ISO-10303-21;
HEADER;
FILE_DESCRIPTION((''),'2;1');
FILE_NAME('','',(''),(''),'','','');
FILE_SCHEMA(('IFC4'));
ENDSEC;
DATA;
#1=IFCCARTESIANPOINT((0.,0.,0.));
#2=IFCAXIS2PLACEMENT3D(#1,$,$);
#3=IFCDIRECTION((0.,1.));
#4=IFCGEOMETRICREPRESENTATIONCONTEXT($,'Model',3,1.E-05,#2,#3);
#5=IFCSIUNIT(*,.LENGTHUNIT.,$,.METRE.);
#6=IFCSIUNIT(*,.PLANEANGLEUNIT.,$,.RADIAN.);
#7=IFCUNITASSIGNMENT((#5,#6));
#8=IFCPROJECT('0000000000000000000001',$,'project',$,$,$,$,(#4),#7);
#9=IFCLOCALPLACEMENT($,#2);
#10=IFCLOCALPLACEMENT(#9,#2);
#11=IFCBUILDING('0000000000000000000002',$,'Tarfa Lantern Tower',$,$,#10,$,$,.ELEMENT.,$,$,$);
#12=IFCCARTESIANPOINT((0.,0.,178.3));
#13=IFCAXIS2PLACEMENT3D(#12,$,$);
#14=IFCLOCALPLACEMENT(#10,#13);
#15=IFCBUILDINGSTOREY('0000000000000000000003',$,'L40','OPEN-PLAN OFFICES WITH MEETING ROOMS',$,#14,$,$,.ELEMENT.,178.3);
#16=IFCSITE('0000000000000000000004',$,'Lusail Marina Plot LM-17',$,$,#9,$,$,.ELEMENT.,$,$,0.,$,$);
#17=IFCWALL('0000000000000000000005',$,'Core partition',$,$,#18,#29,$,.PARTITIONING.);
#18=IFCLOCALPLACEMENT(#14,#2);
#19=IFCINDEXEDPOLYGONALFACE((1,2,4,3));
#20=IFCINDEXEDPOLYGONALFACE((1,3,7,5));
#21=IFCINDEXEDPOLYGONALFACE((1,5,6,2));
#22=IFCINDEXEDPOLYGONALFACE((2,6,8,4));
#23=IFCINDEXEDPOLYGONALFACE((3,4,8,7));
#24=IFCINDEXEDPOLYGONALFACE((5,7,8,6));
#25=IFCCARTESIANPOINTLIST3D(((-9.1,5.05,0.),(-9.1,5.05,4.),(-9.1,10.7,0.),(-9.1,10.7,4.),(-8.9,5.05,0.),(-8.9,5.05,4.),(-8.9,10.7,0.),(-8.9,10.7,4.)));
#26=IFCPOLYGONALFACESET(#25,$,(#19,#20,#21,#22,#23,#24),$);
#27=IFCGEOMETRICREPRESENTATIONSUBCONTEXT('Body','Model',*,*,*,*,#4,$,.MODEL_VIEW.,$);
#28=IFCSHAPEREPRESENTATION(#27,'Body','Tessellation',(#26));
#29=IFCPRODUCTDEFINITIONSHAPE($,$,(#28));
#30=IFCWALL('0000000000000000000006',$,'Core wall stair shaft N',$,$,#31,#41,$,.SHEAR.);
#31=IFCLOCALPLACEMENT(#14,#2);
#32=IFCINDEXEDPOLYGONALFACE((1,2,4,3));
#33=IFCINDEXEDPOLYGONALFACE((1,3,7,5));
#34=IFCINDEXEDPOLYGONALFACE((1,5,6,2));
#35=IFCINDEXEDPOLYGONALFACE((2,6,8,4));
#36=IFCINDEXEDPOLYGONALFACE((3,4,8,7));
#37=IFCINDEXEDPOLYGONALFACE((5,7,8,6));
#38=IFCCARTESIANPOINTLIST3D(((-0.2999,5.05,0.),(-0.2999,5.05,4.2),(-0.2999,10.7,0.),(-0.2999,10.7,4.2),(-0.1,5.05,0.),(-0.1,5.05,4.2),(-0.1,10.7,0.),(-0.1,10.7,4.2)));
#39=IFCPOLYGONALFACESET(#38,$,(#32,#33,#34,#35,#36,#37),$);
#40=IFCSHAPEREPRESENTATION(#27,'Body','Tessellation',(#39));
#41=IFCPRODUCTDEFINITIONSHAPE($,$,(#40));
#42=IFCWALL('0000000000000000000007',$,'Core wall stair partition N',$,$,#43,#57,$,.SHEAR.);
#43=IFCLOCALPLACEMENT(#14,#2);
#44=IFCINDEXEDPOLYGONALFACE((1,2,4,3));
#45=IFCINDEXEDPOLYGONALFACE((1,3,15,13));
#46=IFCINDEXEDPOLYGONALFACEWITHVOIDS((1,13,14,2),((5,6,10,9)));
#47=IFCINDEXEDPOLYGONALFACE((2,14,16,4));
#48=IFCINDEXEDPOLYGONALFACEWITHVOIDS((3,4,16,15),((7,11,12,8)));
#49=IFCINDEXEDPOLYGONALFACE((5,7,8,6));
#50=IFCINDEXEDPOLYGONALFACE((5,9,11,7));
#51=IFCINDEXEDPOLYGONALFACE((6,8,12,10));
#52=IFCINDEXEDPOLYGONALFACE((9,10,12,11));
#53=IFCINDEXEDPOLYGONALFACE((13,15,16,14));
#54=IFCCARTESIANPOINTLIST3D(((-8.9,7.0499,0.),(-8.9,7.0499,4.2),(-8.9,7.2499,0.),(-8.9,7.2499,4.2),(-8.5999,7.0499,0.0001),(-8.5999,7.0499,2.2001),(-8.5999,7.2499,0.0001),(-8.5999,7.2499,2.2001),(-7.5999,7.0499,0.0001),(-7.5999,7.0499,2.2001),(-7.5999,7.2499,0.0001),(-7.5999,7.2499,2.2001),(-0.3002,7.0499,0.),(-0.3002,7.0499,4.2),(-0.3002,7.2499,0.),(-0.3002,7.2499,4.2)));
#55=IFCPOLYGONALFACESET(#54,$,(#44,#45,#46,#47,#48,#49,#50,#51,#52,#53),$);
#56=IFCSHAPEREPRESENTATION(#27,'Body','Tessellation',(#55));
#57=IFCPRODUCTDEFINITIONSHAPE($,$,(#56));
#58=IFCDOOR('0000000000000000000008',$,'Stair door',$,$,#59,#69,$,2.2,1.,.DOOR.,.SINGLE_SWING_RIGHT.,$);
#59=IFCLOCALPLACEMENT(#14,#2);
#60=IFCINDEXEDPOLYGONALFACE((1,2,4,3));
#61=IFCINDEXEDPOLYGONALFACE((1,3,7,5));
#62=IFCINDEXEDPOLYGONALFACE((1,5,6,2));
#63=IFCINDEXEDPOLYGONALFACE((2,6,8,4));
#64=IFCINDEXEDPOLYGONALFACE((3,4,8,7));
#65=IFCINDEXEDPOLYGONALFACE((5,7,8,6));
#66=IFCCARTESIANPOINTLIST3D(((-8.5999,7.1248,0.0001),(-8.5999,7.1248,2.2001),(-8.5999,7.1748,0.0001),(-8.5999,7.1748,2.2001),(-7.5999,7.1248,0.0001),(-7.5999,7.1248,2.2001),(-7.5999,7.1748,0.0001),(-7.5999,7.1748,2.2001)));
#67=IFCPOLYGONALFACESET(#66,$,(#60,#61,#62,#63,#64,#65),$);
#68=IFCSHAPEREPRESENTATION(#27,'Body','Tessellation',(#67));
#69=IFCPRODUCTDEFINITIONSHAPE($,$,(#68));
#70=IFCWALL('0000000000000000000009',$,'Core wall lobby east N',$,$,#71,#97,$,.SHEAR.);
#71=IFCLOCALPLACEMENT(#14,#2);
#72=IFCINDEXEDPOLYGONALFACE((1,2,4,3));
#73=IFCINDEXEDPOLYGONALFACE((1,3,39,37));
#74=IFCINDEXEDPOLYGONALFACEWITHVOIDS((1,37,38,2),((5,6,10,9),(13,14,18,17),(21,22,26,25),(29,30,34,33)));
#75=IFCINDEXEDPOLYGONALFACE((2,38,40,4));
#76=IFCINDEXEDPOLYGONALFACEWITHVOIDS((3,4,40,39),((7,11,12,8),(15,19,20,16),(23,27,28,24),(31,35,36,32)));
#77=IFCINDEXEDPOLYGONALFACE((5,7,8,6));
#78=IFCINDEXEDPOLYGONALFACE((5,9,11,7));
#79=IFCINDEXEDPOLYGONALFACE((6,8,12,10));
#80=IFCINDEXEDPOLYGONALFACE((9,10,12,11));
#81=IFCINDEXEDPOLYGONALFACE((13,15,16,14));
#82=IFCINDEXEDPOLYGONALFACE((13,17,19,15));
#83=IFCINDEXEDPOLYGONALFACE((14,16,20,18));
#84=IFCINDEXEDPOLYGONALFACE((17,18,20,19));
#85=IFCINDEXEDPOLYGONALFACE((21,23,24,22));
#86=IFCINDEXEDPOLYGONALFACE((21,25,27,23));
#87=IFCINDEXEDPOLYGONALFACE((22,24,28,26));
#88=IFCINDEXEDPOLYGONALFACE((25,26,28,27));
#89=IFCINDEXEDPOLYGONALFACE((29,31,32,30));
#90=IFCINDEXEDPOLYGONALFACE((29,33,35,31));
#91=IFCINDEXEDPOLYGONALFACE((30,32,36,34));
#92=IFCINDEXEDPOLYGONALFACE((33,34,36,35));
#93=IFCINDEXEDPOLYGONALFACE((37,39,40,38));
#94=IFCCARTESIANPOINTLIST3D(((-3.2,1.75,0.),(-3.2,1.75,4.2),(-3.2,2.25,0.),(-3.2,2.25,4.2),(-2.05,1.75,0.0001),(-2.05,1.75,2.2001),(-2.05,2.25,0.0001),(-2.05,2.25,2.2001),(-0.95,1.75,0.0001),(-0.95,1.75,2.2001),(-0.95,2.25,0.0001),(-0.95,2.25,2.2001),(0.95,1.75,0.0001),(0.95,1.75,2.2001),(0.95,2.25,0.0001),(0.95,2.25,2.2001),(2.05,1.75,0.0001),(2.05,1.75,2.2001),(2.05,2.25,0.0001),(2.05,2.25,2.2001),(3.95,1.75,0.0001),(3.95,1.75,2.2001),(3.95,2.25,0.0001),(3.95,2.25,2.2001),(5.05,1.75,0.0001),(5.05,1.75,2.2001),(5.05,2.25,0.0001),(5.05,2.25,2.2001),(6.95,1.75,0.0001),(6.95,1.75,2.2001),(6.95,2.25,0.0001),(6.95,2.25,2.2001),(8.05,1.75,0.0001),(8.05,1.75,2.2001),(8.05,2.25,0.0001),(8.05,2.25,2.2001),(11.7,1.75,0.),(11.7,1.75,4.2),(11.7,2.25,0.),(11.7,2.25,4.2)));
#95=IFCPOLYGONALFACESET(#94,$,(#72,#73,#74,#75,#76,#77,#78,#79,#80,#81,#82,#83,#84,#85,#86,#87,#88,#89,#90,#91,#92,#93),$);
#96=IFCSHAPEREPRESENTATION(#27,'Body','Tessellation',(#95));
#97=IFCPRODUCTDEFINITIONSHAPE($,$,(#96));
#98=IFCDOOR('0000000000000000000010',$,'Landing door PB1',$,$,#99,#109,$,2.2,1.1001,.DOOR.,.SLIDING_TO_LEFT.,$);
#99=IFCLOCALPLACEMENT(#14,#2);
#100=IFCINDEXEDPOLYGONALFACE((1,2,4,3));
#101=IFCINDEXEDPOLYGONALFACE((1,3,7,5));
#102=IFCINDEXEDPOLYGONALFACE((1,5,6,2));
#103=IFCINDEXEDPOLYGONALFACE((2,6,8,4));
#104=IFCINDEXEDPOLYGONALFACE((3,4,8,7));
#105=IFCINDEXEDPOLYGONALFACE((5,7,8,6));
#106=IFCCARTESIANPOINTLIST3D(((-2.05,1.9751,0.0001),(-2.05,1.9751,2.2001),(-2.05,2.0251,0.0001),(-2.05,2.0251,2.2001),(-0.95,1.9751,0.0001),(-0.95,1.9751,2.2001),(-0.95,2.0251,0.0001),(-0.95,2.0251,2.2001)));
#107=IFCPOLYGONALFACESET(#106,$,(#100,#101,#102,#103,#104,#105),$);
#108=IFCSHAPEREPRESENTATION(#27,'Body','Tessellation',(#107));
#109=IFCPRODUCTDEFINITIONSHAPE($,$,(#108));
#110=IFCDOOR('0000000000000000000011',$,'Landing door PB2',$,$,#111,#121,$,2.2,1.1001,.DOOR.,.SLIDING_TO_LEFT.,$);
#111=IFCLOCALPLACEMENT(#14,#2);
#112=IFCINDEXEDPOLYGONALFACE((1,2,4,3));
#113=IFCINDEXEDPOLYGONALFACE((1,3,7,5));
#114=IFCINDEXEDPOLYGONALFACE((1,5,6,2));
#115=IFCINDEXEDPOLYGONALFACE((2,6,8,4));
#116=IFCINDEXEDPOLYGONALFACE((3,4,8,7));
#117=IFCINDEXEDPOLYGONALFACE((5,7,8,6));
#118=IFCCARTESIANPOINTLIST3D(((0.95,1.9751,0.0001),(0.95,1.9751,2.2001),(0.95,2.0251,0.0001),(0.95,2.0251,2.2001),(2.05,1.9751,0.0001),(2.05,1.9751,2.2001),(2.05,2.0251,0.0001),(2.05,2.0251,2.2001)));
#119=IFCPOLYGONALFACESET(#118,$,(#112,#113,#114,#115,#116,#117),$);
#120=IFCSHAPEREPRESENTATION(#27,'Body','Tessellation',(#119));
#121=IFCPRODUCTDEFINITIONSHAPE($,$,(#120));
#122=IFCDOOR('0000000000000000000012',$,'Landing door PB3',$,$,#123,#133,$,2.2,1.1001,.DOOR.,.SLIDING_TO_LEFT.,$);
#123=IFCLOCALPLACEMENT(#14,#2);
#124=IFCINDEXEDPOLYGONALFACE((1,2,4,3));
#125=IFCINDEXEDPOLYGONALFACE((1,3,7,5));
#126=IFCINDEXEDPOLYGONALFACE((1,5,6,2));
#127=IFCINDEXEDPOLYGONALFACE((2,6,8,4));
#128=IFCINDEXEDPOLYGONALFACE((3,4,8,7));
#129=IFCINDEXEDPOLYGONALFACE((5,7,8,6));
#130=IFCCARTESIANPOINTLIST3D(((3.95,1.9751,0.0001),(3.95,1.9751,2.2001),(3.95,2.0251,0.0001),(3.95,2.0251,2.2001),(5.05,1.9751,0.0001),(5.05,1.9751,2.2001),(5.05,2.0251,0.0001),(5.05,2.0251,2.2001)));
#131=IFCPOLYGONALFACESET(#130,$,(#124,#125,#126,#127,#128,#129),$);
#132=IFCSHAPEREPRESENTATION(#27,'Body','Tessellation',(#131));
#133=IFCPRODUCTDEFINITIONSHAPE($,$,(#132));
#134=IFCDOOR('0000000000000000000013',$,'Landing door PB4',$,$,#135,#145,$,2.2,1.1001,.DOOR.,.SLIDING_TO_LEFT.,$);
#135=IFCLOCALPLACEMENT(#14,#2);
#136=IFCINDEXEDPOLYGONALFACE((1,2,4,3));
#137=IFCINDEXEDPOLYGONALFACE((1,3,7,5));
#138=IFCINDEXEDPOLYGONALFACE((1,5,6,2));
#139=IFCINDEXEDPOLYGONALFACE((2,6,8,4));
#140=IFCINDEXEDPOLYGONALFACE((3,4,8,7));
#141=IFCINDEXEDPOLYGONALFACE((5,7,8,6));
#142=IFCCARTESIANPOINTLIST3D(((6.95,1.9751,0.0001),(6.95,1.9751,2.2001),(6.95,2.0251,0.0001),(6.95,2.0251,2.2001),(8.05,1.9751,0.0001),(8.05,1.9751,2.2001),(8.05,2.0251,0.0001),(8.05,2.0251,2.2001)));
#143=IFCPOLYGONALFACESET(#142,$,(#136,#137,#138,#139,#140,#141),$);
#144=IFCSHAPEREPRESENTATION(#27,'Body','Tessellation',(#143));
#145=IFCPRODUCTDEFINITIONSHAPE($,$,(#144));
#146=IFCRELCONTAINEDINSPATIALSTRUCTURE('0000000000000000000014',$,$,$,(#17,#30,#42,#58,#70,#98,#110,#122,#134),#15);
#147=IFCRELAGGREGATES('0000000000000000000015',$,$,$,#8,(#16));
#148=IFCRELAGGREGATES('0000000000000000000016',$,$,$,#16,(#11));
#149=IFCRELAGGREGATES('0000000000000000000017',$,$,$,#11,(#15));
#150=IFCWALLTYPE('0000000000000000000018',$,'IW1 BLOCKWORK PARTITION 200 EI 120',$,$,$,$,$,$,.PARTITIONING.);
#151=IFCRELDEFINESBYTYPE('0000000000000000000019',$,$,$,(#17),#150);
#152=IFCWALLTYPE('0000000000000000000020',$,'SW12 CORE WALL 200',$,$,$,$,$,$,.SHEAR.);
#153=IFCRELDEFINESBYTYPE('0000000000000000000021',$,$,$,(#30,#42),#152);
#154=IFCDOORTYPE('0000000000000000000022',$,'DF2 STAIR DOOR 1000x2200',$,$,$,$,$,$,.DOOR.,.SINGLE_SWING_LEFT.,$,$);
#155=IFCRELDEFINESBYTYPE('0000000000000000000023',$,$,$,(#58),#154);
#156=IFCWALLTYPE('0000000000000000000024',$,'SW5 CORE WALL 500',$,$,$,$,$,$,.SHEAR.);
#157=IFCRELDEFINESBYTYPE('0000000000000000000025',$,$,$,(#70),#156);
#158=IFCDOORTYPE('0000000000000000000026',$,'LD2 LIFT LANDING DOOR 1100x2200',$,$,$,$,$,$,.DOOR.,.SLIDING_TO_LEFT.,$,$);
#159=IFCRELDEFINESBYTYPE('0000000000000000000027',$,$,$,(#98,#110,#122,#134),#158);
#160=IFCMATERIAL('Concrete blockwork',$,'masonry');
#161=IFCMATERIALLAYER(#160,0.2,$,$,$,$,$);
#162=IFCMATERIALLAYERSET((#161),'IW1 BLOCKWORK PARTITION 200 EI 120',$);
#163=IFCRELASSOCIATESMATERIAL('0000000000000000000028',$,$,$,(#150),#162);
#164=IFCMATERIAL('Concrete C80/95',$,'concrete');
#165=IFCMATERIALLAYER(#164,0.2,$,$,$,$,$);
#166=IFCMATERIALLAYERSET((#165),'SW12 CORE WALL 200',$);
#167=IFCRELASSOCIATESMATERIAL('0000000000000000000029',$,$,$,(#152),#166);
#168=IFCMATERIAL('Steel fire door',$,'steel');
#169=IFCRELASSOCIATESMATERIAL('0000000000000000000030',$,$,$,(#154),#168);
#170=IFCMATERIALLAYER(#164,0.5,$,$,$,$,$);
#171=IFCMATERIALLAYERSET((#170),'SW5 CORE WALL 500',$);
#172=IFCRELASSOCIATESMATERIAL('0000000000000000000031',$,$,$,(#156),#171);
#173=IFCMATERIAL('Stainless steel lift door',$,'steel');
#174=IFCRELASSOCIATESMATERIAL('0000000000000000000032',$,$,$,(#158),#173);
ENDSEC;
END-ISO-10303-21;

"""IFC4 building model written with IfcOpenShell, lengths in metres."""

from ifc_helpers import new_model, si_unit, direction, frame, frame_2d, origin, place, context, subcontext, project, spatial, rectangle, extrude, material, layer, layer_set, type_object, element, fill, save


model = new_model("IFC4")

# Units and contexts
model_context = context("Model", 3, precision=1e-05, world=origin(), true_north=direction((0.0, 1.0)))
body_context = subcontext(model_context, "Body", "Model", "MODEL_VIEW")
ifc_project = project(units=[si_unit("LENGTHUNIT", "METRE"), si_unit("PLANEANGLEUNIT", "RADIAN")], contexts=[model_context])

# Site, building, storey
site_placement = place(None, origin())
site = spatial("IfcSite", under=ifc_project, at=site_placement, Name="Lusail Marina Plot LM-17", CompositionType="ELEMENT", RefElevation=0.0)
building_placement = place(site_placement, origin())
building = spatial("IfcBuilding", under=site, at=building_placement, Name="Tarfa Lantern Tower", CompositionType="ELEMENT")
storey_placement = place(building_placement, frame((0.0, 0.0, 178.3)))
storey = spatial("IfcBuildingStorey", under=building, at=storey_placement, Name="L40", Description="OPEN-PLAN OFFICES WITH MEETING ROOMS", CompositionType="ELEMENT", Elevation=178.3)

# Walls
ifc_material_1 = material(Name="Concrete blockwork", Category="masonry")
ifc_layer_1 = layer(ifc_material_1, 0.2)
ifc_layer_set_1 = layer_set([ifc_layer_1], Name="IW1 BLOCKWORK PARTITION 200 EI 120")
wall_type_1 = type_object("IfcWallType", Name="IW1 BLOCKWORK PARTITION 200 EI 120", PredefinedType="PARTITIONING", material=ifc_layer_set_1)
wall_1_placement = place(storey_placement, frame((-9.0, 5.05, 0.0), z_axis=(0.0, 0.0, 1.0), x_axis=(0.0, 1.0, 0.0)))
element("IfcWall", 1, at=wall_1_placement, inside=storey, type_object=wall_type_1, Name="Core partition", PredefinedType="PARTITIONING", context=body_context, shape_type="SweptSolid", body=[
    extrude(rectangle(XDim=5.6499, YDim=0.2, at=frame_2d((2.825, 0.0))), origin(), (0.0, 0.0, 1.0), 4.0),
])
ifc_material_2 = material(Name="Concrete C80/95", Category="concrete")
ifc_layer_2 = layer(ifc_material_2, 0.2)
ifc_layer_set_2 = layer_set([ifc_layer_2], Name="SW12 CORE WALL 200")
wall_type_2 = type_object("IfcWallType", Name="SW12 CORE WALL 200", PredefinedType="SHEAR", material=ifc_layer_set_2)
wall_2_placement = place(storey_placement, frame((-0.2, 5.05, 0.0), z_axis=(0.0, 0.0, 1.0), x_axis=(0.0, 1.0, 0.0)))
element("IfcWall", 2, at=wall_2_placement, inside=storey, type_object=wall_type_2, Name="Core wall stair shaft N", PredefinedType="SHEAR", context=body_context, shape_type="SweptSolid", body=[
    extrude(rectangle(XDim=5.6499, YDim=0.2, at=frame_2d((2.825, 0.0))), origin(), (0.0, 0.0, 1.0), 4.2),
])

# Wall, opening, door
wall_3_placement = place(storey_placement, frame((-8.8999, 7.1499, 0.0), z_axis=(0.0, 0.0, 1.0), x_axis=(1.0, 0.0, 0.0)))
wall_3 = element("IfcWall", 3, at=wall_3_placement, inside=storey, type_object=wall_type_2, Name="Core wall stair partition N", PredefinedType="SHEAR", context=body_context, shape_type="SweptSolid", body=[
    extrude(rectangle(XDim=8.5999, YDim=0.2, at=frame_2d((4.2998, 0.0))), origin(), (0.0, 0.0, 1.0), 4.2),
])
opening_1_placement = place(wall_3_placement, frame((0.3, 0.0, 0.0)))
opening_1 = element("IfcOpeningElement", 4, at=opening_1_placement, cuts=wall_3, PredefinedType="OPENING", context=body_context, shape_type="SweptSolid", body=[
    extrude(rectangle(XDim=1.0, YDim=2.2, at=frame_2d((0.5, 1.1001))), frame((0.0, 0.1099, 0.0), z_axis=(0.0, -1.0, 0.0), x_axis=(1.0, 0.0, 0.0)), (0.0, 0.0, 1.0), 0.22),
])
ifc_material_3 = material(Name="Steel fire door", Category="steel")
door_type_1 = type_object("IfcDoorType", Name="DF2 STAIR DOOR 1000x2200", OperationType="SINGLE_SWING_LEFT", PredefinedType="DOOR", material=ifc_material_3)
door_1_placement = place(opening_1_placement, origin())
door_1 = element("IfcDoor", 5, at=door_1_placement, inside=storey, type_object=door_type_1, Name="Stair door", OperationType="SINGLE_SWING_RIGHT", OverallHeight=2.2, OverallWidth=1.0, PredefinedType="DOOR", context=body_context, shape_type="SweptSolid", body=[
    extrude(rectangle(XDim=1.0, YDim=2.2, at=frame_2d((0.5, 1.1001))), frame((0.0, 0.0249, 0.0), z_axis=(0.0, -1.0, 0.0), x_axis=(1.0, 0.0, 0.0)), (0.0, 0.0, 1.0), 0.05),
])
fill(opening_1, door_1)

# Wall, openings, doors
ifc_layer_3 = layer(ifc_material_2, 0.5)
ifc_layer_set_3 = layer_set([ifc_layer_3], Name="SW5 CORE WALL 500")
wall_type_3 = type_object("IfcWallType", Name="SW5 CORE WALL 500", PredefinedType="SHEAR", material=ifc_layer_set_3)
wall_4_placement = place(storey_placement, frame((-3.2, 2.0, 0.0), z_axis=(0.0, 0.0, 1.0), x_axis=(1.0, 0.0, 0.0)))
wall_4 = element("IfcWall", 6, at=wall_4_placement, inside=storey, type_object=wall_type_3, Name="Core wall lobby east N", PredefinedType="SHEAR", context=body_context, shape_type="SweptSolid", body=[
    extrude(rectangle(XDim=14.8999, YDim=0.5, at=frame_2d((7.45, 0.0))), origin(), (0.0, 0.0, 1.0), 4.2),
])
opening_2_placement = place(wall_4_placement, frame((1.1499, 0.0, 0.0)))
opening_2 = element("IfcOpeningElement", 7, at=opening_2_placement, cuts=wall_4, PredefinedType="OPENING", context=body_context, shape_type="SweptSolid", body=[
    extrude(rectangle(XDim=1.1001, YDim=2.2, at=frame_2d((0.55, 1.1001))), frame((0.0, 0.26, 0.0), z_axis=(0.0, -1.0, 0.0), x_axis=(1.0, 0.0, 0.0)), (0.0, 0.0, 1.0), 0.52),
])
opening_3_placement = place(wall_4_placement, frame((4.1499, 0.0, 0.0)))
opening_3 = element("IfcOpeningElement", 8, at=opening_3_placement, cuts=wall_4, PredefinedType="OPENING", context=body_context, shape_type="SweptSolid", body=[
    extrude(rectangle(XDim=1.1001, YDim=2.2, at=frame_2d((0.55, 1.1001))), frame((0.0, 0.26, 0.0), z_axis=(0.0, -1.0, 0.0), x_axis=(1.0, 0.0, 0.0)), (0.0, 0.0, 1.0), 0.52),
])
opening_4_placement = place(wall_4_placement, frame((7.1499, 0.0, 0.0)))
opening_4 = element("IfcOpeningElement", 9, at=opening_4_placement, cuts=wall_4, PredefinedType="OPENING", context=body_context, shape_type="SweptSolid", body=[
    extrude(rectangle(XDim=1.1001, YDim=2.2, at=frame_2d((0.55, 1.1001))), frame((0.0, 0.26, 0.0), z_axis=(0.0, -1.0, 0.0), x_axis=(1.0, 0.0, 0.0)), (0.0, 0.0, 1.0), 0.52),
])
opening_5_placement = place(wall_4_placement, frame((10.1499, 0.0, 0.0)))
opening_5 = element("IfcOpeningElement", 10, at=opening_5_placement, cuts=wall_4, PredefinedType="OPENING", context=body_context, shape_type="SweptSolid", body=[
    extrude(rectangle(XDim=1.1001, YDim=2.2, at=frame_2d((0.55, 1.1001))), frame((0.0, 0.26, 0.0), z_axis=(0.0, -1.0, 0.0), x_axis=(1.0, 0.0, 0.0)), (0.0, 0.0, 1.0), 0.52),
])
ifc_material_4 = material(Name="Stainless steel lift door", Category="steel")
door_type_2 = type_object("IfcDoorType", Name="LD2 LIFT LANDING DOOR 1100x2200", OperationType="SLIDING_TO_LEFT", PredefinedType="DOOR", material=ifc_material_4)
door_2_placement = place(opening_2_placement, frame((1.1001, 0.0, 0.0), z_axis=(0.0, 0.0, 1.0), x_axis=(-1.0, 0.0, 0.0)))
door_2 = element("IfcDoor", 11, at=door_2_placement, inside=storey, type_object=door_type_2, Name="Landing door PB1", OperationType="SLIDING_TO_LEFT", OverallHeight=2.2, OverallWidth=1.1001, PredefinedType="DOOR", context=body_context, shape_type="SweptSolid", body=[
    extrude(rectangle(XDim=1.1001, YDim=2.2, at=frame_2d((0.55, 1.1001))), frame((0.0, 0.0249, 0.0), z_axis=(0.0, -1.0, 0.0), x_axis=(1.0, 0.0, 0.0)), (0.0, 0.0, 1.0), 0.05),
])
fill(opening_2, door_2)
door_3_placement = place(opening_3_placement, frame((1.1001, 0.0, 0.0), z_axis=(0.0, 0.0, 1.0), x_axis=(-1.0, 0.0, 0.0)))
door_3 = element("IfcDoor", 12, at=door_3_placement, inside=storey, type_object=door_type_2, Name="Landing door PB2", OperationType="SLIDING_TO_LEFT", OverallHeight=2.2, OverallWidth=1.1001, PredefinedType="DOOR", context=body_context, shape_type="SweptSolid", body=[
    extrude(rectangle(XDim=1.1001, YDim=2.2, at=frame_2d((0.55, 1.1001))), frame((0.0, 0.0249, 0.0), z_axis=(0.0, -1.0, 0.0), x_axis=(1.0, 0.0, 0.0)), (0.0, 0.0, 1.0), 0.05),
])
fill(opening_3, door_3)
door_4_placement = place(opening_4_placement, frame((1.1001, 0.0, 0.0), z_axis=(0.0, 0.0, 1.0), x_axis=(-1.0, 0.0, 0.0)))
door_4 = element("IfcDoor", 13, at=door_4_placement, inside=storey, type_object=door_type_2, Name="Landing door PB3", OperationType="SLIDING_TO_LEFT", OverallHeight=2.2, OverallWidth=1.1001, PredefinedType="DOOR", context=body_context, shape_type="SweptSolid", body=[
    extrude(rectangle(XDim=1.1001, YDim=2.2, at=frame_2d((0.55, 1.1001))), frame((0.0, 0.0249, 0.0), z_axis=(0.0, -1.0, 0.0), x_axis=(1.0, 0.0, 0.0)), (0.0, 0.0, 1.0), 0.05),
])
fill(opening_4, door_4)
door_5_placement = place(opening_5_placement, frame((1.1001, 0.0, 0.0), z_axis=(0.0, 0.0, 1.0), x_axis=(-1.0, 0.0, 0.0)))
door_5 = element("IfcDoor", 14, at=door_5_placement, inside=storey, type_object=door_type_2, Name="Landing door PB4", OperationType="SLIDING_TO_LEFT", OverallHeight=2.2, OverallWidth=1.1001, PredefinedType="DOOR", context=body_context, shape_type="SweptSolid", body=[
    extrude(rectangle(XDim=1.1001, YDim=2.2, at=frame_2d((0.55, 1.1001))), frame((0.0, 0.0249, 0.0), z_axis=(0.0, -1.0, 0.0), x_axis=(1.0, 0.0, 0.0)), (0.0, 0.0, 1.0), 0.05),
])
fill(opening_5, door_5)

save(model, "model.ifc")
